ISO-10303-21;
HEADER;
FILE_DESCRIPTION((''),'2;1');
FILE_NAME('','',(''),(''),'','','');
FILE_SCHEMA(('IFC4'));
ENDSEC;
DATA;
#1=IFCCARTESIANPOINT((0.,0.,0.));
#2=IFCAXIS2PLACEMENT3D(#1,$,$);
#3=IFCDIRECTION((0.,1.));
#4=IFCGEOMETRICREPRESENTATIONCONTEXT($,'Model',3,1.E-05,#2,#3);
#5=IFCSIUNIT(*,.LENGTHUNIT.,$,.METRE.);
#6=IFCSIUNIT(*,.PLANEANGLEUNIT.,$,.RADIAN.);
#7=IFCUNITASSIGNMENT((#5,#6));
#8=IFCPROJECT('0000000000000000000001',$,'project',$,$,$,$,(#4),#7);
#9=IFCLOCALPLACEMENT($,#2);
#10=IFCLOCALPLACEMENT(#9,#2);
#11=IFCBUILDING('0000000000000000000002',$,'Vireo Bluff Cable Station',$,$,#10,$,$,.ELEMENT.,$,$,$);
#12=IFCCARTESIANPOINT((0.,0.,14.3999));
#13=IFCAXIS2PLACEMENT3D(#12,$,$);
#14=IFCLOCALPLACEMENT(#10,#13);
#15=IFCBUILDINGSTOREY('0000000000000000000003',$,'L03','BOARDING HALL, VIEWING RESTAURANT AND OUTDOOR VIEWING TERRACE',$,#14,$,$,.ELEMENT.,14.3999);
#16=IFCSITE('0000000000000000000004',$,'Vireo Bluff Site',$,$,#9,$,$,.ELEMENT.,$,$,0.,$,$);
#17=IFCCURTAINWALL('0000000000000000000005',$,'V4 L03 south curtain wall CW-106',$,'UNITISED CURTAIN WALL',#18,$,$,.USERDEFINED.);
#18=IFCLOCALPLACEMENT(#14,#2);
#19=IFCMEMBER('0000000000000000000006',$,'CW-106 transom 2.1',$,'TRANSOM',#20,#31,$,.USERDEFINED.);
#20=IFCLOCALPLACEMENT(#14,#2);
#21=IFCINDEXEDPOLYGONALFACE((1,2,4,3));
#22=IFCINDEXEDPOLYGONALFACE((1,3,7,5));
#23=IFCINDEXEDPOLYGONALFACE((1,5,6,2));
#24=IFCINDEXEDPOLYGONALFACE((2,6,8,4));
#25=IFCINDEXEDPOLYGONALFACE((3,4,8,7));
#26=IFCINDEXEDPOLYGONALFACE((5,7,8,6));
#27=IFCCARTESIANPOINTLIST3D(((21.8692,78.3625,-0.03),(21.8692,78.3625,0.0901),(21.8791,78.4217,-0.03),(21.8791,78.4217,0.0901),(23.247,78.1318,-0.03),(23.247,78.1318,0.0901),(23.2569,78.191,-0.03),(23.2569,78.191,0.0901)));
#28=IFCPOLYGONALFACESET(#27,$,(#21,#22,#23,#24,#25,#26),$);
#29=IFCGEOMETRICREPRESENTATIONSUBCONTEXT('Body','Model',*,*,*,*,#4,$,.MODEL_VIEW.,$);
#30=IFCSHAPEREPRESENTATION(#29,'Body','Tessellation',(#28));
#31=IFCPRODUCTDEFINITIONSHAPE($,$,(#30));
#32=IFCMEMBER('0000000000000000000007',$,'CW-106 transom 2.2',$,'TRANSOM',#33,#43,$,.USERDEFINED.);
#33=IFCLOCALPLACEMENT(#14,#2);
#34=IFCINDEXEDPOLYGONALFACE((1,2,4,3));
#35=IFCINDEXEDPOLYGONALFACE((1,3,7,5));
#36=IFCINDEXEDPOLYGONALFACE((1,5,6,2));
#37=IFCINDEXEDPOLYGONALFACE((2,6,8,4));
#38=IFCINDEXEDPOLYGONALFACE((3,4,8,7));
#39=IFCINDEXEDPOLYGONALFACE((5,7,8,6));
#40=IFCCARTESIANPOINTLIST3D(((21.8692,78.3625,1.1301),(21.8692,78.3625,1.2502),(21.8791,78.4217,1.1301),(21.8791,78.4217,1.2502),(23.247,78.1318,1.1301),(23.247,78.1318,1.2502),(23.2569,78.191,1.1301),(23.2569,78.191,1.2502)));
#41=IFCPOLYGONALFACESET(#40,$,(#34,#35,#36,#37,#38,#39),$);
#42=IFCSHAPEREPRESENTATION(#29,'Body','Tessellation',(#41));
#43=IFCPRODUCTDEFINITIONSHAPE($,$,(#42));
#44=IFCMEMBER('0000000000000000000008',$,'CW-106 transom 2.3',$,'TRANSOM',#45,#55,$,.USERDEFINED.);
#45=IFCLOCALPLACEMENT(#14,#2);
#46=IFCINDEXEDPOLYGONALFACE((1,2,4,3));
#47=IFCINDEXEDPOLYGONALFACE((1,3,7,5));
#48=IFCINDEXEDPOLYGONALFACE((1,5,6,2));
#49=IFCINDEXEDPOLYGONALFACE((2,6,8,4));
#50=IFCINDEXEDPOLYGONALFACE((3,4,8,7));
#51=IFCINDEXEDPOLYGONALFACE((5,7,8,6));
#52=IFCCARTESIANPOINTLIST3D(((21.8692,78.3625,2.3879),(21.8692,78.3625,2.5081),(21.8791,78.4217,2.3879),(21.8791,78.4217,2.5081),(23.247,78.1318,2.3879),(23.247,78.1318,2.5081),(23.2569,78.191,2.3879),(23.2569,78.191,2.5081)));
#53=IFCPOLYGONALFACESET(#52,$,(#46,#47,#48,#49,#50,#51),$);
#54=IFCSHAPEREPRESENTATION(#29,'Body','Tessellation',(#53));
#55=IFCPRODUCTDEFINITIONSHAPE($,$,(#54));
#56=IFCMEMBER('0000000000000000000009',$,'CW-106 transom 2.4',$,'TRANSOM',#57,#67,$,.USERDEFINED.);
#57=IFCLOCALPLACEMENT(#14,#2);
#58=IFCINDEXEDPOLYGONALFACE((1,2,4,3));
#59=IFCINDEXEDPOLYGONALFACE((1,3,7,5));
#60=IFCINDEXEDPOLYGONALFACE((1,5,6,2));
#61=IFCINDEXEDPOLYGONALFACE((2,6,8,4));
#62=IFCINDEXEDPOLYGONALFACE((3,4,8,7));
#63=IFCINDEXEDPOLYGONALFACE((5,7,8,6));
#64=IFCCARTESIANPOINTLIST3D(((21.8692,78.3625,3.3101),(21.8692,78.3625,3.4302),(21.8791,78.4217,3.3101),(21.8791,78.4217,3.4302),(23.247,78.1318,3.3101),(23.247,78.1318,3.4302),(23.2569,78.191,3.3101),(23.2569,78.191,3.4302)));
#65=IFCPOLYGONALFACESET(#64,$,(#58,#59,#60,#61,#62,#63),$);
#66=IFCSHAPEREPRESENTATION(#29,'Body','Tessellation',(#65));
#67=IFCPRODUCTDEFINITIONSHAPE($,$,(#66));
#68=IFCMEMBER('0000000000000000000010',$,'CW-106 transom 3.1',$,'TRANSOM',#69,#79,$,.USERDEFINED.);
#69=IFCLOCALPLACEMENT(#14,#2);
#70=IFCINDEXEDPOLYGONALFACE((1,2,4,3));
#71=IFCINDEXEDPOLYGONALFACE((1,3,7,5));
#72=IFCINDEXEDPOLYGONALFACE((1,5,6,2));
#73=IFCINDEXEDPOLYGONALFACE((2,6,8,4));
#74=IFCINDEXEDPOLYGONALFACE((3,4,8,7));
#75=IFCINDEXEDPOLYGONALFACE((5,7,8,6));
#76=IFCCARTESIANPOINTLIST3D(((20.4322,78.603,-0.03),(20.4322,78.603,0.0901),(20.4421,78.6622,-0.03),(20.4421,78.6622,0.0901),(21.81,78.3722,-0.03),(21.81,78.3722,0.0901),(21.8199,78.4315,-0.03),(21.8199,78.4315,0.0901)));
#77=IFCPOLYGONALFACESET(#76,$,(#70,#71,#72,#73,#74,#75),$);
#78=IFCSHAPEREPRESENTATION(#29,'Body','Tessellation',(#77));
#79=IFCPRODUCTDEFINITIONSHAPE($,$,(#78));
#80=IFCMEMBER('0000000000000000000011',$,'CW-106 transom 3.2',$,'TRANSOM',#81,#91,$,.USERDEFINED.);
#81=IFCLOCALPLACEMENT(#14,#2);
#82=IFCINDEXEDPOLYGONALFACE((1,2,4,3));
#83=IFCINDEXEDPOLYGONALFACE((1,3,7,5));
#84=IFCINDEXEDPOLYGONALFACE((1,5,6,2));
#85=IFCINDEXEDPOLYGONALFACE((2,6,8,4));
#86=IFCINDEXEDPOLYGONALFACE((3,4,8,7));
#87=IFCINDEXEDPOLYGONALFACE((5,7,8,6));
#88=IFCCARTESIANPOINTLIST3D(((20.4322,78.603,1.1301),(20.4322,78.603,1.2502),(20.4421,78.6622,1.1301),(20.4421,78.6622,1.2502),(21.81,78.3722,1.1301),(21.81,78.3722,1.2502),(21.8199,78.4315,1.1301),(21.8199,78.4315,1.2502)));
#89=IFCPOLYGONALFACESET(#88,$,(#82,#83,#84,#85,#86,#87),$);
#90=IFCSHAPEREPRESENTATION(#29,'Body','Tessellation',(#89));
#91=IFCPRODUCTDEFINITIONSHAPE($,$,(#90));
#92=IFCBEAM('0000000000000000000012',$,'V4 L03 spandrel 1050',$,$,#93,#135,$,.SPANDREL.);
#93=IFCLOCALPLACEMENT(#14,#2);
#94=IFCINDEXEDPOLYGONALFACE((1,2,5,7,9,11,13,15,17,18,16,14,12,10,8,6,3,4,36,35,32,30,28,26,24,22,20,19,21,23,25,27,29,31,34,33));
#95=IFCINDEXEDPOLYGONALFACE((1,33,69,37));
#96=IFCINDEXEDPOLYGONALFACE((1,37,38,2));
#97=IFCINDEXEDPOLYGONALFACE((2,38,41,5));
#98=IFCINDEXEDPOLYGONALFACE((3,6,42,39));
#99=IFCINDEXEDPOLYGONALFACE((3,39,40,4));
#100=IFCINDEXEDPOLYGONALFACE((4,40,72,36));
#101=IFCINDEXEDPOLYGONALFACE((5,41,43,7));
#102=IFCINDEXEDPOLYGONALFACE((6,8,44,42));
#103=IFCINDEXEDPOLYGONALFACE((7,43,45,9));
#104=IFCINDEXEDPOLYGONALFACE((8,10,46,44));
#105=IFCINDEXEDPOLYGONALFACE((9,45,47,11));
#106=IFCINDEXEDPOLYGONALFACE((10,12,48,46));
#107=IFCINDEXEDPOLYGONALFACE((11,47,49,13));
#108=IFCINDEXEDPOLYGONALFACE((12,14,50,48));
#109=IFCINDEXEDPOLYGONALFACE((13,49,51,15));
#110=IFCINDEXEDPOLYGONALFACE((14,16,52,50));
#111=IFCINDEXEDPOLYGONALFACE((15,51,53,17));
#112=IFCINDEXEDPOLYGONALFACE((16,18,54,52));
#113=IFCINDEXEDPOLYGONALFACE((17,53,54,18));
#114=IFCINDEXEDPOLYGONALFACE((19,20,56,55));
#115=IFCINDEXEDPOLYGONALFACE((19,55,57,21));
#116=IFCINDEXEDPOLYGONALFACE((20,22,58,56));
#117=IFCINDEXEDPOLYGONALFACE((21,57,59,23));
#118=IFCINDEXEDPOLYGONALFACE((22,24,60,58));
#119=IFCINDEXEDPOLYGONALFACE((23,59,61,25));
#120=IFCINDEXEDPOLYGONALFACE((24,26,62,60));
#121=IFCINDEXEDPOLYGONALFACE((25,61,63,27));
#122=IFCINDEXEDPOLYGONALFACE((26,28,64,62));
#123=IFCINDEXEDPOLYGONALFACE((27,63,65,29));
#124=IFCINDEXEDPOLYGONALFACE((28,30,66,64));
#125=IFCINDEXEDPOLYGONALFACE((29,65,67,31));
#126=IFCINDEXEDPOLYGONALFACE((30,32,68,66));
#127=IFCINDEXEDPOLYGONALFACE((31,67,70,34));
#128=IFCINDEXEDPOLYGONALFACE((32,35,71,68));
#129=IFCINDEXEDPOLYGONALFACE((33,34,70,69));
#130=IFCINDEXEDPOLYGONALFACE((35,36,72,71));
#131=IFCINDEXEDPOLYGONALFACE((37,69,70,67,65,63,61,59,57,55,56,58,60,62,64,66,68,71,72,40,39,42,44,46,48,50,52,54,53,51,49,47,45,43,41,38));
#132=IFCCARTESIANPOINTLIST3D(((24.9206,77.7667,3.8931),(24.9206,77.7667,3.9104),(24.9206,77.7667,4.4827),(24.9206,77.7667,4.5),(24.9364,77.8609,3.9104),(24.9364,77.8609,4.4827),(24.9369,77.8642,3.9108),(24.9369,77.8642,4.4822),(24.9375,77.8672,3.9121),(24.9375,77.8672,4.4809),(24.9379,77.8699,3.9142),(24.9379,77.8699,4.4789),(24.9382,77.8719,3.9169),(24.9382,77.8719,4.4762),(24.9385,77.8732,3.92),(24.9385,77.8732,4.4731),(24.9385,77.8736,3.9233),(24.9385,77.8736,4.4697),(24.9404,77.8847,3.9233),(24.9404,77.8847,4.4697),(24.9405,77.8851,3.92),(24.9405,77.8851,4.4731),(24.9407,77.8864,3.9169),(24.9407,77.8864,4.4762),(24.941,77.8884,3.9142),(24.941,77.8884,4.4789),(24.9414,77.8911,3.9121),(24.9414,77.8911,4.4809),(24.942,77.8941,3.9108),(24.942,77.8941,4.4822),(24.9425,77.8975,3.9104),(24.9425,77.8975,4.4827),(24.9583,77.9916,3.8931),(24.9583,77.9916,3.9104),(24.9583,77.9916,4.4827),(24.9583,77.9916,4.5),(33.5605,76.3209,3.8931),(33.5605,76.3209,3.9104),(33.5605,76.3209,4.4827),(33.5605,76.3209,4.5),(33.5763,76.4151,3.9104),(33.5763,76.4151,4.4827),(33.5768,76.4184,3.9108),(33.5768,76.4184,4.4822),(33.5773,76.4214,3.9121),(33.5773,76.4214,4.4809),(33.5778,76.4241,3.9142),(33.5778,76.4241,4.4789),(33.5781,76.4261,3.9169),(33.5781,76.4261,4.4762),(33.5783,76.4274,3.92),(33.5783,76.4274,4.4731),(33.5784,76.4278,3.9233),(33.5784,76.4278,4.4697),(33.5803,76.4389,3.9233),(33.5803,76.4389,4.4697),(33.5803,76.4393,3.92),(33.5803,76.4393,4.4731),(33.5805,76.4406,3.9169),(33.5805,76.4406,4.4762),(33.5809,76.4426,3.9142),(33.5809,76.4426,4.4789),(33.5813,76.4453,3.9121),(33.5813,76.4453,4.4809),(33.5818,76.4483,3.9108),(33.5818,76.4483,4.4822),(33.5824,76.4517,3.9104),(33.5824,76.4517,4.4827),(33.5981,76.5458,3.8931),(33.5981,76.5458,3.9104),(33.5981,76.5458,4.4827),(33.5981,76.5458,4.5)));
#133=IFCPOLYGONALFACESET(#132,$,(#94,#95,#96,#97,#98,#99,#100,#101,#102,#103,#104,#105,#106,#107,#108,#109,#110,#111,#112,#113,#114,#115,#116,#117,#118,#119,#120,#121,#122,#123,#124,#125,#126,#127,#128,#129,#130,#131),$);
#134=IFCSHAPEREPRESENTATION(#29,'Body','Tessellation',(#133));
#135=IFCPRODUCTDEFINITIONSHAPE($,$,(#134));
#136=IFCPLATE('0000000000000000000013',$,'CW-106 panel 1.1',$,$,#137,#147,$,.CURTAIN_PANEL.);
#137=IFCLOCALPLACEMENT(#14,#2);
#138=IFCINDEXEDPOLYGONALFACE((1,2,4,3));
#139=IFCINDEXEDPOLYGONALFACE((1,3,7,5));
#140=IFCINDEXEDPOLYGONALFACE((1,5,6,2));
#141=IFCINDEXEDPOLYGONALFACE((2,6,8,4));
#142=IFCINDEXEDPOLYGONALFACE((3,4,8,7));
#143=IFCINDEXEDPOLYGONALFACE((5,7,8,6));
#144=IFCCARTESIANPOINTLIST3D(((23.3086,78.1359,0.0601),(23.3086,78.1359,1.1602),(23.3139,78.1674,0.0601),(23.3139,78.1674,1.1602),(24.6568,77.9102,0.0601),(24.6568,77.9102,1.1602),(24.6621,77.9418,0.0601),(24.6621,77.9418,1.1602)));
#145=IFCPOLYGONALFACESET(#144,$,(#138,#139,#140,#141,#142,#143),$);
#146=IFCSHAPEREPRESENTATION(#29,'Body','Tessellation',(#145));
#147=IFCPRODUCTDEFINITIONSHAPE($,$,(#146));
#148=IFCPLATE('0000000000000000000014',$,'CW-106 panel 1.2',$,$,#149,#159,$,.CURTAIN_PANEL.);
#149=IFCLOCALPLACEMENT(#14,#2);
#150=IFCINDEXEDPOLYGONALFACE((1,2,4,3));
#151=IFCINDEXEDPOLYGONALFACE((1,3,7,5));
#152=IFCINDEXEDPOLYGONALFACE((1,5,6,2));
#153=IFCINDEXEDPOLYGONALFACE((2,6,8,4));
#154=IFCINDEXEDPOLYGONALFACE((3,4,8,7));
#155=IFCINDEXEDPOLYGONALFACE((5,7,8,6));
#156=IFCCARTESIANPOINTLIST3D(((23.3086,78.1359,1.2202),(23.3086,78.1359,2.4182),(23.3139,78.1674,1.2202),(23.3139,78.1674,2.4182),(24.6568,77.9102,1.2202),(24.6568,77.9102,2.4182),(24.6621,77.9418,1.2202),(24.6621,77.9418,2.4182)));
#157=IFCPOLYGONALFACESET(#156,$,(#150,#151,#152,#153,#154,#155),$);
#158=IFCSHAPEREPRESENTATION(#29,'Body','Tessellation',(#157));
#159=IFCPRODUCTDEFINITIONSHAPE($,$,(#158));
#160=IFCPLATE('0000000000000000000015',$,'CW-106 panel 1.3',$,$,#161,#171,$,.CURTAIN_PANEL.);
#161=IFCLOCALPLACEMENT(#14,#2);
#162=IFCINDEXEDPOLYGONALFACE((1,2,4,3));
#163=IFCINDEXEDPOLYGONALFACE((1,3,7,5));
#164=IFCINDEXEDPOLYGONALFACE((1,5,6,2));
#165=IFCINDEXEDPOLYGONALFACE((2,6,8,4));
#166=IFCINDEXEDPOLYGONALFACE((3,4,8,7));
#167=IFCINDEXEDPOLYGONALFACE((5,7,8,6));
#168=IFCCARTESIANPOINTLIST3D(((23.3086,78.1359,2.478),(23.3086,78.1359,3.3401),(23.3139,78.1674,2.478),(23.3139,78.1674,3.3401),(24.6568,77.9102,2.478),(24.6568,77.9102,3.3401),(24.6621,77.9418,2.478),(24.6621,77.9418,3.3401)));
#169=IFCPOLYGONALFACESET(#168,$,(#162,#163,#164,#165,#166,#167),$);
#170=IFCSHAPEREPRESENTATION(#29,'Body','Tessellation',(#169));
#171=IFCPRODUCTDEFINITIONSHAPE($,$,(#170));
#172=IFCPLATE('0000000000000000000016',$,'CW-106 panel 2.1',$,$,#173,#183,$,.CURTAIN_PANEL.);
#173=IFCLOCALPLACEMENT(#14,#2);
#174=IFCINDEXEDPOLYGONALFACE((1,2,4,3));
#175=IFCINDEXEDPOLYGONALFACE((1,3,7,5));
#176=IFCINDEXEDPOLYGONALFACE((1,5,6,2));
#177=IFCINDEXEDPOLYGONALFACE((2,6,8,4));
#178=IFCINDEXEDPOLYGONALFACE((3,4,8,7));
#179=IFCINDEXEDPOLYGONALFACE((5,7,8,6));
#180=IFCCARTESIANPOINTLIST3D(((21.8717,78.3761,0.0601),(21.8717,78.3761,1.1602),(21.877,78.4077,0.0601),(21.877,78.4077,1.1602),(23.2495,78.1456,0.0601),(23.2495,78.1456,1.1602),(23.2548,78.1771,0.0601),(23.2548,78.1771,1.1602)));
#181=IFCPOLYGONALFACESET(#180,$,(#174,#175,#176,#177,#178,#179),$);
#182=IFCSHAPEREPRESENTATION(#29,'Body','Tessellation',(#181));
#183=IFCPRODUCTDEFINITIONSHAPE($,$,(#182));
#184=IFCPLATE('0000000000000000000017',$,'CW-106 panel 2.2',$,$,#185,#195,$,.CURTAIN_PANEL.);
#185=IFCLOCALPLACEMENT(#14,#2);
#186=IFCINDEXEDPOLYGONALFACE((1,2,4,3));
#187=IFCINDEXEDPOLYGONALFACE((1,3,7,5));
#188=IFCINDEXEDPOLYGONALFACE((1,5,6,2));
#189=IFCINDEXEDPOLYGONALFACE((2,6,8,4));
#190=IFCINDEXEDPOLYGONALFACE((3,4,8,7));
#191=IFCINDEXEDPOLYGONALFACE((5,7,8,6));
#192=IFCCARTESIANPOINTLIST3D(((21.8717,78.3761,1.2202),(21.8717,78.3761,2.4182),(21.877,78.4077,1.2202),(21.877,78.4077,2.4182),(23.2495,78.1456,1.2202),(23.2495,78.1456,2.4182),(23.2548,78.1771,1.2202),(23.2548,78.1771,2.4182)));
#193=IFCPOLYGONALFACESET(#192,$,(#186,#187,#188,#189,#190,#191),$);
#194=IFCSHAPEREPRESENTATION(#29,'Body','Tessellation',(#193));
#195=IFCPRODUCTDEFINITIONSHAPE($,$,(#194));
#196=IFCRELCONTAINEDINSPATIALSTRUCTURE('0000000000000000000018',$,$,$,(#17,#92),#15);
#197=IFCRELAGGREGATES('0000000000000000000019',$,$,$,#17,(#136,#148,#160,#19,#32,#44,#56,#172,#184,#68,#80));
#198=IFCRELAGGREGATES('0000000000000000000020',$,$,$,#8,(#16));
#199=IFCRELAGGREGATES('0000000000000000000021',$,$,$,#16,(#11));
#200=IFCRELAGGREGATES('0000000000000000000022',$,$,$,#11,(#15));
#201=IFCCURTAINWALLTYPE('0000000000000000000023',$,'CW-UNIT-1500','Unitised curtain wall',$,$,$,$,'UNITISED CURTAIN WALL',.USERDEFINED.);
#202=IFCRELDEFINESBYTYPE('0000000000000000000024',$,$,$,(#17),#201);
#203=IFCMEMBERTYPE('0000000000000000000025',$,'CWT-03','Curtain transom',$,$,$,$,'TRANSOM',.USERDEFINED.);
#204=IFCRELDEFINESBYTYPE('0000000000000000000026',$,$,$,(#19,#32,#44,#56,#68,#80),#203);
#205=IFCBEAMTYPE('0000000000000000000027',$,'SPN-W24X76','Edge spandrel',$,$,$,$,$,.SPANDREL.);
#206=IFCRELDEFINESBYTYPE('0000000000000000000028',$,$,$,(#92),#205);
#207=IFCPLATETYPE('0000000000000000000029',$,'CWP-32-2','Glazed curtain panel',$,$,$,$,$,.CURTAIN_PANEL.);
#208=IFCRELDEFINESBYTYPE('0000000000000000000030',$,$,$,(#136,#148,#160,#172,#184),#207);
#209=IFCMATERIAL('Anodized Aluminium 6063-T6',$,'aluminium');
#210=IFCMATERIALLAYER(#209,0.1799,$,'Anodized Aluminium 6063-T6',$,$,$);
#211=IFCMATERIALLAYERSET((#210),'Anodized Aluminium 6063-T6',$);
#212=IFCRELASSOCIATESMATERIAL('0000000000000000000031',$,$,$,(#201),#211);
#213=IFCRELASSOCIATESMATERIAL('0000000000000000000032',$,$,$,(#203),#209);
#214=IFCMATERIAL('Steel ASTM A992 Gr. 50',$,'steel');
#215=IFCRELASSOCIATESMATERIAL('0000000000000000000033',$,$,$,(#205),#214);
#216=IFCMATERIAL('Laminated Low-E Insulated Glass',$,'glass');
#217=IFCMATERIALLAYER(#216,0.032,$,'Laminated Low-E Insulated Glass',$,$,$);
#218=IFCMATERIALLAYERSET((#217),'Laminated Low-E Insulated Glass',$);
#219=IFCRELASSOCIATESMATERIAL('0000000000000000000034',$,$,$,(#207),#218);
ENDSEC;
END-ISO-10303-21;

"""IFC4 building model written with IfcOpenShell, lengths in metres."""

from ifc_helpers import new_model, si_unit, direction, frame, origin, origin_2d, place, context, subcontext, project, spatial, rectangle, i_section, extrude, material, layer, layer_set, material_profile, profile_set, type_object, element, aggregate, save


model = new_model("IFC4")

# Units and contexts
model_context = context("Model", 3, precision=1e-05, world=origin(), true_north=direction((0.0, 1.0)))
body_context = subcontext(model_context, "Body", "Model", "MODEL_VIEW")
ifc_project = project(units=[si_unit("LENGTHUNIT", "METRE"), si_unit("PLANEANGLEUNIT", "RADIAN")], contexts=[model_context])

# Site, building, storey
site_placement = place(None, origin())
site = spatial("IfcSite", under=ifc_project, at=site_placement, Name="Vireo Bluff Site", CompositionType="ELEMENT", RefElevation=0.0)
building_placement = place(site_placement, origin())
building = spatial("IfcBuilding", under=site, at=building_placement, Name="Vireo Bluff Cable Station", CompositionType="ELEMENT")
storey_placement = place(building_placement, frame((0.0, 0.0, 14.3999)))
storey = spatial("IfcBuildingStorey", under=building, at=storey_placement, Name="L03", Description="BOARDING HALL, VIEWING RESTAURANT AND OUTDOOR VIEWING TERRACE", CompositionType="ELEMENT", Elevation=14.3999)

# Shared definitions
ifc_material_1 = material(Name="Steel ASTM A992 Gr. 50", Category="steel")

# Curtain wall, members
ifc_material_2 = material(Name="Anodized Aluminium 6063-T6", Category="aluminium")
ifc_layer_1 = layer(ifc_material_2, 0.1799, Name="Anodized Aluminium 6063-T6")
ifc_layer_set_1 = layer_set([ifc_layer_1], Name="Anodized Aluminium 6063-T6")
curtain_wall_type = type_object("IfcCurtainWallType", Name="CW-UNIT-1500", Description="Unitised curtain wall", ElementType="UNITISED CURTAIN WALL", PredefinedType="USERDEFINED", material=ifc_layer_set_1)
curtain_wall_placement = place(storey_placement, origin())
curtain_wall = element("IfcCurtainWall", 1, at=curtain_wall_placement, inside=storey, type_object=curtain_wall_type, Name="V4 L03 south curtain wall CW-106", ObjectType="UNITISED CURTAIN WALL", PredefinedType="USERDEFINED")
ifc_material_profile_1 = material_profile(ifc_material_2, rectangle(XDim=0.0601, YDim=0.1201, at=origin_2d()), Name="ALU-T-60X120")
ifc_profile_set_1 = profile_set([ifc_material_profile_1], Name="Anodized Aluminium 6063-T6")
member_type_1 = type_object("IfcMemberType", Name="CWT-03", Description="Curtain transom", ElementType="TRANSOM", PredefinedType="USERDEFINED", material=ifc_profile_set_1)
member_1_placement = place(storey_placement, frame((23.252, 78.1614, 0.03), z_axis=(-0.986266, 0.165164, 0.0), x_axis=(-0.165164, -0.986266, 0.0)))
member_1 = element("IfcMember", 2, at=member_1_placement, type_object=member_type_1, Name="CW-106 transom 2.1", ObjectType="TRANSOM", PredefinedType="USERDEFINED", context=body_context, shape_type="SweptSolid", body=[
    extrude(rectangle(XDim=0.0601, YDim=0.1201, at=origin_2d()), origin(), (0.0, 0.0, 1.0), 1.397),
])
member_2_placement = place(storey_placement, frame((23.252, 78.1614, 1.1902), z_axis=(-0.986266, 0.165164, 0.0), x_axis=(-0.165164, -0.986266, 0.0)))
member_2 = element("IfcMember", 3, at=member_2_placement, type_object=member_type_1, Name="CW-106 transom 2.2", ObjectType="TRANSOM", PredefinedType="USERDEFINED", context=body_context, shape_type="SweptSolid", body=[
    extrude(rectangle(XDim=0.0601, YDim=0.1201, at=origin_2d()), origin(), (0.0, 0.0, 1.0), 1.397),
])
member_3_placement = place(storey_placement, frame((23.252, 78.1614, 2.448), z_axis=(-0.986266, 0.165164, 0.0), x_axis=(-0.165164, -0.986266, 0.0)))
member_3 = element("IfcMember", 4, at=member_3_placement, type_object=member_type_1, Name="CW-106 transom 2.3", ObjectType="TRANSOM", PredefinedType="USERDEFINED", context=body_context, shape_type="SweptSolid", body=[
    extrude(rectangle(XDim=0.0601, YDim=0.1201, at=origin_2d()), origin(), (0.0, 0.0, 1.0), 1.397),
])
member_4_placement = place(storey_placement, frame((23.252, 78.1614, 3.3701), z_axis=(-0.986266, 0.165164, 0.0), x_axis=(-0.165164, -0.986266, 0.0)))
member_4 = element("IfcMember", 5, at=member_4_placement, type_object=member_type_1, Name="CW-106 transom 2.4", ObjectType="TRANSOM", PredefinedType="USERDEFINED", context=body_context, shape_type="SweptSolid", body=[
    extrude(rectangle(XDim=0.0601, YDim=0.1201, at=origin_2d()), origin(), (0.0, 0.0, 1.0), 1.397),
])
member_5_placement = place(storey_placement, frame((21.8149, 78.4019, 0.03), z_axis=(-0.986266, 0.165164, 0.0), x_axis=(-0.165164, -0.986266, 0.0)))
member_5 = element("IfcMember", 6, at=member_5_placement, type_object=member_type_1, Name="CW-106 transom 3.1", ObjectType="TRANSOM", PredefinedType="USERDEFINED", context=body_context, shape_type="SweptSolid", body=[
    extrude(rectangle(XDim=0.0601, YDim=0.1201, at=origin_2d()), origin(), (0.0, 0.0, 1.0), 1.397),
])
member_6_placement = place(storey_placement, frame((21.8149, 78.4019, 1.1902), z_axis=(-0.986266, 0.165164, 0.0), x_axis=(-0.165164, -0.986266, 0.0)))
member_6 = element("IfcMember", 7, at=member_6_placement, type_object=member_type_1, Name="CW-106 transom 3.2", ObjectType="TRANSOM", PredefinedType="USERDEFINED", context=body_context, shape_type="SweptSolid", body=[
    extrude(rectangle(XDim=0.0601, YDim=0.1201, at=origin_2d()), origin(), (0.0, 0.0, 1.0), 1.397),
])

# Beam
ifc_material_profile_2 = material_profile(ifc_material_1, i_section(OverallWidth=0.228, OverallDepth=0.6069, WebThickness=0.0112, FlangeThickness=0.0173, FilletRadius=0.0129, at=origin_2d()), Name="W24X76")
ifc_profile_set_2 = profile_set([ifc_material_profile_2], Name="Steel ASTM A992 Gr. 50")
beam_type_1 = type_object("IfcBeamType", Name="SPN-W24X76", Description="Edge spandrel", PredefinedType="SPANDREL", material=ifc_profile_set_2)
beam_1_placement = place(storey_placement, frame((24.9395, 77.8792, 4.1965), z_axis=(0.986286, -0.165045, 0.0), x_axis=(0.165045, 0.986286, 0.0)))
element("IfcBeam", 8, at=beam_1_placement, inside=storey, type_object=beam_type_1, Name="V4 L03 spandrel 1050", PredefinedType="SPANDREL", context=body_context, shape_type="SweptSolid", body=[
    extrude(i_section(OverallWidth=0.228, OverallDepth=0.6069, WebThickness=0.0112, FlangeThickness=0.0173, FilletRadius=0.0129, at=origin_2d()), origin(), (0.0, 0.0, 1.0), 8.76),
])

# Plates
ifc_material_3 = material(Name="Laminated Low-E Insulated Glass", Category="glass")
ifc_layer_2 = layer(ifc_material_3, 0.032, Name="Laminated Low-E Insulated Glass")
ifc_layer_set_2 = layer_set([ifc_layer_2], Name="Laminated Low-E Insulated Glass")
plate_type = type_object("IfcPlateType", Name="CWP-32-2", Description="Glazed curtain panel", PredefinedType="CURTAIN_PANEL", material=ifc_layer_set_2)
plate_1_placement = place(storey_placement, frame((23.9854, 78.0388, 0.0601), z_axis=(0.0, 0.0, 1.0), x_axis=(-0.986286, 0.165048, 0.0)))
plate_1 = element("IfcPlate", 9, at=plate_1_placement, type_object=plate_type, Name="CW-106 panel 1.1", PredefinedType="CURTAIN_PANEL", context=body_context, shape_type="SweptSolid", body=[
    extrude(rectangle(XDim=1.3669, YDim=0.032, at=origin_2d()), origin(), (0.0, 0.0, 1.0), 1.1001),
])
plate_2_placement = place(storey_placement, frame((23.9854, 78.0388, 1.2202), z_axis=(0.0, 0.0, 1.0), x_axis=(-0.986286, 0.165048, 0.0)))
plate_2 = element("IfcPlate", 10, at=plate_2_placement, type_object=plate_type, Name="CW-106 panel 1.2", PredefinedType="CURTAIN_PANEL", context=body_context, shape_type="SweptSolid", body=[
    extrude(rectangle(XDim=1.3669, YDim=0.032, at=origin_2d()), origin(), (0.0, 0.0, 1.0), 1.198),
])
plate_3_placement = place(storey_placement, frame((23.9854, 78.0388, 2.478), z_axis=(0.0, 0.0, 1.0), x_axis=(-0.986286, 0.165048, 0.0)))
plate_3 = element("IfcPlate", 11, at=plate_3_placement, type_object=plate_type, Name="CW-106 panel 1.3", PredefinedType="CURTAIN_PANEL", context=body_context, shape_type="SweptSolid", body=[
    extrude(rectangle(XDim=1.3669, YDim=0.032, at=origin_2d()), origin(), (0.0, 0.0, 1.0), 0.8621),
])
plate_4_placement = place(storey_placement, frame((22.5632, 78.2766, 0.0601), z_axis=(0.0, 0.0, 1.0), x_axis=(-0.986286, 0.165048, 0.0)))
plate_4 = element("IfcPlate", 12, at=plate_4_placement, type_object=plate_type, Name="CW-106 panel 2.1", PredefinedType="CURTAIN_PANEL", context=body_context, shape_type="SweptSolid", body=[
    extrude(rectangle(XDim=1.397, YDim=0.032, at=origin_2d()), origin(), (0.0, 0.0, 1.0), 1.1001),
])
plate_5_placement = place(storey_placement, frame((22.5632, 78.2766, 1.2202), z_axis=(0.0, 0.0, 1.0), x_axis=(-0.986286, 0.165048, 0.0)))
plate_5 = element("IfcPlate", 13, at=plate_5_placement, type_object=plate_type, Name="CW-106 panel 2.2", PredefinedType="CURTAIN_PANEL", context=body_context, shape_type="SweptSolid", body=[
    extrude(rectangle(XDim=1.397, YDim=0.032, at=origin_2d()), origin(), (0.0, 0.0, 1.0), 1.198),
])
aggregate(curtain_wall, [plate_1, plate_2, plate_3, member_1, member_2, member_3, member_4, plate_4, plate_5, member_5, member_6])

save(model, "model.ifc")
